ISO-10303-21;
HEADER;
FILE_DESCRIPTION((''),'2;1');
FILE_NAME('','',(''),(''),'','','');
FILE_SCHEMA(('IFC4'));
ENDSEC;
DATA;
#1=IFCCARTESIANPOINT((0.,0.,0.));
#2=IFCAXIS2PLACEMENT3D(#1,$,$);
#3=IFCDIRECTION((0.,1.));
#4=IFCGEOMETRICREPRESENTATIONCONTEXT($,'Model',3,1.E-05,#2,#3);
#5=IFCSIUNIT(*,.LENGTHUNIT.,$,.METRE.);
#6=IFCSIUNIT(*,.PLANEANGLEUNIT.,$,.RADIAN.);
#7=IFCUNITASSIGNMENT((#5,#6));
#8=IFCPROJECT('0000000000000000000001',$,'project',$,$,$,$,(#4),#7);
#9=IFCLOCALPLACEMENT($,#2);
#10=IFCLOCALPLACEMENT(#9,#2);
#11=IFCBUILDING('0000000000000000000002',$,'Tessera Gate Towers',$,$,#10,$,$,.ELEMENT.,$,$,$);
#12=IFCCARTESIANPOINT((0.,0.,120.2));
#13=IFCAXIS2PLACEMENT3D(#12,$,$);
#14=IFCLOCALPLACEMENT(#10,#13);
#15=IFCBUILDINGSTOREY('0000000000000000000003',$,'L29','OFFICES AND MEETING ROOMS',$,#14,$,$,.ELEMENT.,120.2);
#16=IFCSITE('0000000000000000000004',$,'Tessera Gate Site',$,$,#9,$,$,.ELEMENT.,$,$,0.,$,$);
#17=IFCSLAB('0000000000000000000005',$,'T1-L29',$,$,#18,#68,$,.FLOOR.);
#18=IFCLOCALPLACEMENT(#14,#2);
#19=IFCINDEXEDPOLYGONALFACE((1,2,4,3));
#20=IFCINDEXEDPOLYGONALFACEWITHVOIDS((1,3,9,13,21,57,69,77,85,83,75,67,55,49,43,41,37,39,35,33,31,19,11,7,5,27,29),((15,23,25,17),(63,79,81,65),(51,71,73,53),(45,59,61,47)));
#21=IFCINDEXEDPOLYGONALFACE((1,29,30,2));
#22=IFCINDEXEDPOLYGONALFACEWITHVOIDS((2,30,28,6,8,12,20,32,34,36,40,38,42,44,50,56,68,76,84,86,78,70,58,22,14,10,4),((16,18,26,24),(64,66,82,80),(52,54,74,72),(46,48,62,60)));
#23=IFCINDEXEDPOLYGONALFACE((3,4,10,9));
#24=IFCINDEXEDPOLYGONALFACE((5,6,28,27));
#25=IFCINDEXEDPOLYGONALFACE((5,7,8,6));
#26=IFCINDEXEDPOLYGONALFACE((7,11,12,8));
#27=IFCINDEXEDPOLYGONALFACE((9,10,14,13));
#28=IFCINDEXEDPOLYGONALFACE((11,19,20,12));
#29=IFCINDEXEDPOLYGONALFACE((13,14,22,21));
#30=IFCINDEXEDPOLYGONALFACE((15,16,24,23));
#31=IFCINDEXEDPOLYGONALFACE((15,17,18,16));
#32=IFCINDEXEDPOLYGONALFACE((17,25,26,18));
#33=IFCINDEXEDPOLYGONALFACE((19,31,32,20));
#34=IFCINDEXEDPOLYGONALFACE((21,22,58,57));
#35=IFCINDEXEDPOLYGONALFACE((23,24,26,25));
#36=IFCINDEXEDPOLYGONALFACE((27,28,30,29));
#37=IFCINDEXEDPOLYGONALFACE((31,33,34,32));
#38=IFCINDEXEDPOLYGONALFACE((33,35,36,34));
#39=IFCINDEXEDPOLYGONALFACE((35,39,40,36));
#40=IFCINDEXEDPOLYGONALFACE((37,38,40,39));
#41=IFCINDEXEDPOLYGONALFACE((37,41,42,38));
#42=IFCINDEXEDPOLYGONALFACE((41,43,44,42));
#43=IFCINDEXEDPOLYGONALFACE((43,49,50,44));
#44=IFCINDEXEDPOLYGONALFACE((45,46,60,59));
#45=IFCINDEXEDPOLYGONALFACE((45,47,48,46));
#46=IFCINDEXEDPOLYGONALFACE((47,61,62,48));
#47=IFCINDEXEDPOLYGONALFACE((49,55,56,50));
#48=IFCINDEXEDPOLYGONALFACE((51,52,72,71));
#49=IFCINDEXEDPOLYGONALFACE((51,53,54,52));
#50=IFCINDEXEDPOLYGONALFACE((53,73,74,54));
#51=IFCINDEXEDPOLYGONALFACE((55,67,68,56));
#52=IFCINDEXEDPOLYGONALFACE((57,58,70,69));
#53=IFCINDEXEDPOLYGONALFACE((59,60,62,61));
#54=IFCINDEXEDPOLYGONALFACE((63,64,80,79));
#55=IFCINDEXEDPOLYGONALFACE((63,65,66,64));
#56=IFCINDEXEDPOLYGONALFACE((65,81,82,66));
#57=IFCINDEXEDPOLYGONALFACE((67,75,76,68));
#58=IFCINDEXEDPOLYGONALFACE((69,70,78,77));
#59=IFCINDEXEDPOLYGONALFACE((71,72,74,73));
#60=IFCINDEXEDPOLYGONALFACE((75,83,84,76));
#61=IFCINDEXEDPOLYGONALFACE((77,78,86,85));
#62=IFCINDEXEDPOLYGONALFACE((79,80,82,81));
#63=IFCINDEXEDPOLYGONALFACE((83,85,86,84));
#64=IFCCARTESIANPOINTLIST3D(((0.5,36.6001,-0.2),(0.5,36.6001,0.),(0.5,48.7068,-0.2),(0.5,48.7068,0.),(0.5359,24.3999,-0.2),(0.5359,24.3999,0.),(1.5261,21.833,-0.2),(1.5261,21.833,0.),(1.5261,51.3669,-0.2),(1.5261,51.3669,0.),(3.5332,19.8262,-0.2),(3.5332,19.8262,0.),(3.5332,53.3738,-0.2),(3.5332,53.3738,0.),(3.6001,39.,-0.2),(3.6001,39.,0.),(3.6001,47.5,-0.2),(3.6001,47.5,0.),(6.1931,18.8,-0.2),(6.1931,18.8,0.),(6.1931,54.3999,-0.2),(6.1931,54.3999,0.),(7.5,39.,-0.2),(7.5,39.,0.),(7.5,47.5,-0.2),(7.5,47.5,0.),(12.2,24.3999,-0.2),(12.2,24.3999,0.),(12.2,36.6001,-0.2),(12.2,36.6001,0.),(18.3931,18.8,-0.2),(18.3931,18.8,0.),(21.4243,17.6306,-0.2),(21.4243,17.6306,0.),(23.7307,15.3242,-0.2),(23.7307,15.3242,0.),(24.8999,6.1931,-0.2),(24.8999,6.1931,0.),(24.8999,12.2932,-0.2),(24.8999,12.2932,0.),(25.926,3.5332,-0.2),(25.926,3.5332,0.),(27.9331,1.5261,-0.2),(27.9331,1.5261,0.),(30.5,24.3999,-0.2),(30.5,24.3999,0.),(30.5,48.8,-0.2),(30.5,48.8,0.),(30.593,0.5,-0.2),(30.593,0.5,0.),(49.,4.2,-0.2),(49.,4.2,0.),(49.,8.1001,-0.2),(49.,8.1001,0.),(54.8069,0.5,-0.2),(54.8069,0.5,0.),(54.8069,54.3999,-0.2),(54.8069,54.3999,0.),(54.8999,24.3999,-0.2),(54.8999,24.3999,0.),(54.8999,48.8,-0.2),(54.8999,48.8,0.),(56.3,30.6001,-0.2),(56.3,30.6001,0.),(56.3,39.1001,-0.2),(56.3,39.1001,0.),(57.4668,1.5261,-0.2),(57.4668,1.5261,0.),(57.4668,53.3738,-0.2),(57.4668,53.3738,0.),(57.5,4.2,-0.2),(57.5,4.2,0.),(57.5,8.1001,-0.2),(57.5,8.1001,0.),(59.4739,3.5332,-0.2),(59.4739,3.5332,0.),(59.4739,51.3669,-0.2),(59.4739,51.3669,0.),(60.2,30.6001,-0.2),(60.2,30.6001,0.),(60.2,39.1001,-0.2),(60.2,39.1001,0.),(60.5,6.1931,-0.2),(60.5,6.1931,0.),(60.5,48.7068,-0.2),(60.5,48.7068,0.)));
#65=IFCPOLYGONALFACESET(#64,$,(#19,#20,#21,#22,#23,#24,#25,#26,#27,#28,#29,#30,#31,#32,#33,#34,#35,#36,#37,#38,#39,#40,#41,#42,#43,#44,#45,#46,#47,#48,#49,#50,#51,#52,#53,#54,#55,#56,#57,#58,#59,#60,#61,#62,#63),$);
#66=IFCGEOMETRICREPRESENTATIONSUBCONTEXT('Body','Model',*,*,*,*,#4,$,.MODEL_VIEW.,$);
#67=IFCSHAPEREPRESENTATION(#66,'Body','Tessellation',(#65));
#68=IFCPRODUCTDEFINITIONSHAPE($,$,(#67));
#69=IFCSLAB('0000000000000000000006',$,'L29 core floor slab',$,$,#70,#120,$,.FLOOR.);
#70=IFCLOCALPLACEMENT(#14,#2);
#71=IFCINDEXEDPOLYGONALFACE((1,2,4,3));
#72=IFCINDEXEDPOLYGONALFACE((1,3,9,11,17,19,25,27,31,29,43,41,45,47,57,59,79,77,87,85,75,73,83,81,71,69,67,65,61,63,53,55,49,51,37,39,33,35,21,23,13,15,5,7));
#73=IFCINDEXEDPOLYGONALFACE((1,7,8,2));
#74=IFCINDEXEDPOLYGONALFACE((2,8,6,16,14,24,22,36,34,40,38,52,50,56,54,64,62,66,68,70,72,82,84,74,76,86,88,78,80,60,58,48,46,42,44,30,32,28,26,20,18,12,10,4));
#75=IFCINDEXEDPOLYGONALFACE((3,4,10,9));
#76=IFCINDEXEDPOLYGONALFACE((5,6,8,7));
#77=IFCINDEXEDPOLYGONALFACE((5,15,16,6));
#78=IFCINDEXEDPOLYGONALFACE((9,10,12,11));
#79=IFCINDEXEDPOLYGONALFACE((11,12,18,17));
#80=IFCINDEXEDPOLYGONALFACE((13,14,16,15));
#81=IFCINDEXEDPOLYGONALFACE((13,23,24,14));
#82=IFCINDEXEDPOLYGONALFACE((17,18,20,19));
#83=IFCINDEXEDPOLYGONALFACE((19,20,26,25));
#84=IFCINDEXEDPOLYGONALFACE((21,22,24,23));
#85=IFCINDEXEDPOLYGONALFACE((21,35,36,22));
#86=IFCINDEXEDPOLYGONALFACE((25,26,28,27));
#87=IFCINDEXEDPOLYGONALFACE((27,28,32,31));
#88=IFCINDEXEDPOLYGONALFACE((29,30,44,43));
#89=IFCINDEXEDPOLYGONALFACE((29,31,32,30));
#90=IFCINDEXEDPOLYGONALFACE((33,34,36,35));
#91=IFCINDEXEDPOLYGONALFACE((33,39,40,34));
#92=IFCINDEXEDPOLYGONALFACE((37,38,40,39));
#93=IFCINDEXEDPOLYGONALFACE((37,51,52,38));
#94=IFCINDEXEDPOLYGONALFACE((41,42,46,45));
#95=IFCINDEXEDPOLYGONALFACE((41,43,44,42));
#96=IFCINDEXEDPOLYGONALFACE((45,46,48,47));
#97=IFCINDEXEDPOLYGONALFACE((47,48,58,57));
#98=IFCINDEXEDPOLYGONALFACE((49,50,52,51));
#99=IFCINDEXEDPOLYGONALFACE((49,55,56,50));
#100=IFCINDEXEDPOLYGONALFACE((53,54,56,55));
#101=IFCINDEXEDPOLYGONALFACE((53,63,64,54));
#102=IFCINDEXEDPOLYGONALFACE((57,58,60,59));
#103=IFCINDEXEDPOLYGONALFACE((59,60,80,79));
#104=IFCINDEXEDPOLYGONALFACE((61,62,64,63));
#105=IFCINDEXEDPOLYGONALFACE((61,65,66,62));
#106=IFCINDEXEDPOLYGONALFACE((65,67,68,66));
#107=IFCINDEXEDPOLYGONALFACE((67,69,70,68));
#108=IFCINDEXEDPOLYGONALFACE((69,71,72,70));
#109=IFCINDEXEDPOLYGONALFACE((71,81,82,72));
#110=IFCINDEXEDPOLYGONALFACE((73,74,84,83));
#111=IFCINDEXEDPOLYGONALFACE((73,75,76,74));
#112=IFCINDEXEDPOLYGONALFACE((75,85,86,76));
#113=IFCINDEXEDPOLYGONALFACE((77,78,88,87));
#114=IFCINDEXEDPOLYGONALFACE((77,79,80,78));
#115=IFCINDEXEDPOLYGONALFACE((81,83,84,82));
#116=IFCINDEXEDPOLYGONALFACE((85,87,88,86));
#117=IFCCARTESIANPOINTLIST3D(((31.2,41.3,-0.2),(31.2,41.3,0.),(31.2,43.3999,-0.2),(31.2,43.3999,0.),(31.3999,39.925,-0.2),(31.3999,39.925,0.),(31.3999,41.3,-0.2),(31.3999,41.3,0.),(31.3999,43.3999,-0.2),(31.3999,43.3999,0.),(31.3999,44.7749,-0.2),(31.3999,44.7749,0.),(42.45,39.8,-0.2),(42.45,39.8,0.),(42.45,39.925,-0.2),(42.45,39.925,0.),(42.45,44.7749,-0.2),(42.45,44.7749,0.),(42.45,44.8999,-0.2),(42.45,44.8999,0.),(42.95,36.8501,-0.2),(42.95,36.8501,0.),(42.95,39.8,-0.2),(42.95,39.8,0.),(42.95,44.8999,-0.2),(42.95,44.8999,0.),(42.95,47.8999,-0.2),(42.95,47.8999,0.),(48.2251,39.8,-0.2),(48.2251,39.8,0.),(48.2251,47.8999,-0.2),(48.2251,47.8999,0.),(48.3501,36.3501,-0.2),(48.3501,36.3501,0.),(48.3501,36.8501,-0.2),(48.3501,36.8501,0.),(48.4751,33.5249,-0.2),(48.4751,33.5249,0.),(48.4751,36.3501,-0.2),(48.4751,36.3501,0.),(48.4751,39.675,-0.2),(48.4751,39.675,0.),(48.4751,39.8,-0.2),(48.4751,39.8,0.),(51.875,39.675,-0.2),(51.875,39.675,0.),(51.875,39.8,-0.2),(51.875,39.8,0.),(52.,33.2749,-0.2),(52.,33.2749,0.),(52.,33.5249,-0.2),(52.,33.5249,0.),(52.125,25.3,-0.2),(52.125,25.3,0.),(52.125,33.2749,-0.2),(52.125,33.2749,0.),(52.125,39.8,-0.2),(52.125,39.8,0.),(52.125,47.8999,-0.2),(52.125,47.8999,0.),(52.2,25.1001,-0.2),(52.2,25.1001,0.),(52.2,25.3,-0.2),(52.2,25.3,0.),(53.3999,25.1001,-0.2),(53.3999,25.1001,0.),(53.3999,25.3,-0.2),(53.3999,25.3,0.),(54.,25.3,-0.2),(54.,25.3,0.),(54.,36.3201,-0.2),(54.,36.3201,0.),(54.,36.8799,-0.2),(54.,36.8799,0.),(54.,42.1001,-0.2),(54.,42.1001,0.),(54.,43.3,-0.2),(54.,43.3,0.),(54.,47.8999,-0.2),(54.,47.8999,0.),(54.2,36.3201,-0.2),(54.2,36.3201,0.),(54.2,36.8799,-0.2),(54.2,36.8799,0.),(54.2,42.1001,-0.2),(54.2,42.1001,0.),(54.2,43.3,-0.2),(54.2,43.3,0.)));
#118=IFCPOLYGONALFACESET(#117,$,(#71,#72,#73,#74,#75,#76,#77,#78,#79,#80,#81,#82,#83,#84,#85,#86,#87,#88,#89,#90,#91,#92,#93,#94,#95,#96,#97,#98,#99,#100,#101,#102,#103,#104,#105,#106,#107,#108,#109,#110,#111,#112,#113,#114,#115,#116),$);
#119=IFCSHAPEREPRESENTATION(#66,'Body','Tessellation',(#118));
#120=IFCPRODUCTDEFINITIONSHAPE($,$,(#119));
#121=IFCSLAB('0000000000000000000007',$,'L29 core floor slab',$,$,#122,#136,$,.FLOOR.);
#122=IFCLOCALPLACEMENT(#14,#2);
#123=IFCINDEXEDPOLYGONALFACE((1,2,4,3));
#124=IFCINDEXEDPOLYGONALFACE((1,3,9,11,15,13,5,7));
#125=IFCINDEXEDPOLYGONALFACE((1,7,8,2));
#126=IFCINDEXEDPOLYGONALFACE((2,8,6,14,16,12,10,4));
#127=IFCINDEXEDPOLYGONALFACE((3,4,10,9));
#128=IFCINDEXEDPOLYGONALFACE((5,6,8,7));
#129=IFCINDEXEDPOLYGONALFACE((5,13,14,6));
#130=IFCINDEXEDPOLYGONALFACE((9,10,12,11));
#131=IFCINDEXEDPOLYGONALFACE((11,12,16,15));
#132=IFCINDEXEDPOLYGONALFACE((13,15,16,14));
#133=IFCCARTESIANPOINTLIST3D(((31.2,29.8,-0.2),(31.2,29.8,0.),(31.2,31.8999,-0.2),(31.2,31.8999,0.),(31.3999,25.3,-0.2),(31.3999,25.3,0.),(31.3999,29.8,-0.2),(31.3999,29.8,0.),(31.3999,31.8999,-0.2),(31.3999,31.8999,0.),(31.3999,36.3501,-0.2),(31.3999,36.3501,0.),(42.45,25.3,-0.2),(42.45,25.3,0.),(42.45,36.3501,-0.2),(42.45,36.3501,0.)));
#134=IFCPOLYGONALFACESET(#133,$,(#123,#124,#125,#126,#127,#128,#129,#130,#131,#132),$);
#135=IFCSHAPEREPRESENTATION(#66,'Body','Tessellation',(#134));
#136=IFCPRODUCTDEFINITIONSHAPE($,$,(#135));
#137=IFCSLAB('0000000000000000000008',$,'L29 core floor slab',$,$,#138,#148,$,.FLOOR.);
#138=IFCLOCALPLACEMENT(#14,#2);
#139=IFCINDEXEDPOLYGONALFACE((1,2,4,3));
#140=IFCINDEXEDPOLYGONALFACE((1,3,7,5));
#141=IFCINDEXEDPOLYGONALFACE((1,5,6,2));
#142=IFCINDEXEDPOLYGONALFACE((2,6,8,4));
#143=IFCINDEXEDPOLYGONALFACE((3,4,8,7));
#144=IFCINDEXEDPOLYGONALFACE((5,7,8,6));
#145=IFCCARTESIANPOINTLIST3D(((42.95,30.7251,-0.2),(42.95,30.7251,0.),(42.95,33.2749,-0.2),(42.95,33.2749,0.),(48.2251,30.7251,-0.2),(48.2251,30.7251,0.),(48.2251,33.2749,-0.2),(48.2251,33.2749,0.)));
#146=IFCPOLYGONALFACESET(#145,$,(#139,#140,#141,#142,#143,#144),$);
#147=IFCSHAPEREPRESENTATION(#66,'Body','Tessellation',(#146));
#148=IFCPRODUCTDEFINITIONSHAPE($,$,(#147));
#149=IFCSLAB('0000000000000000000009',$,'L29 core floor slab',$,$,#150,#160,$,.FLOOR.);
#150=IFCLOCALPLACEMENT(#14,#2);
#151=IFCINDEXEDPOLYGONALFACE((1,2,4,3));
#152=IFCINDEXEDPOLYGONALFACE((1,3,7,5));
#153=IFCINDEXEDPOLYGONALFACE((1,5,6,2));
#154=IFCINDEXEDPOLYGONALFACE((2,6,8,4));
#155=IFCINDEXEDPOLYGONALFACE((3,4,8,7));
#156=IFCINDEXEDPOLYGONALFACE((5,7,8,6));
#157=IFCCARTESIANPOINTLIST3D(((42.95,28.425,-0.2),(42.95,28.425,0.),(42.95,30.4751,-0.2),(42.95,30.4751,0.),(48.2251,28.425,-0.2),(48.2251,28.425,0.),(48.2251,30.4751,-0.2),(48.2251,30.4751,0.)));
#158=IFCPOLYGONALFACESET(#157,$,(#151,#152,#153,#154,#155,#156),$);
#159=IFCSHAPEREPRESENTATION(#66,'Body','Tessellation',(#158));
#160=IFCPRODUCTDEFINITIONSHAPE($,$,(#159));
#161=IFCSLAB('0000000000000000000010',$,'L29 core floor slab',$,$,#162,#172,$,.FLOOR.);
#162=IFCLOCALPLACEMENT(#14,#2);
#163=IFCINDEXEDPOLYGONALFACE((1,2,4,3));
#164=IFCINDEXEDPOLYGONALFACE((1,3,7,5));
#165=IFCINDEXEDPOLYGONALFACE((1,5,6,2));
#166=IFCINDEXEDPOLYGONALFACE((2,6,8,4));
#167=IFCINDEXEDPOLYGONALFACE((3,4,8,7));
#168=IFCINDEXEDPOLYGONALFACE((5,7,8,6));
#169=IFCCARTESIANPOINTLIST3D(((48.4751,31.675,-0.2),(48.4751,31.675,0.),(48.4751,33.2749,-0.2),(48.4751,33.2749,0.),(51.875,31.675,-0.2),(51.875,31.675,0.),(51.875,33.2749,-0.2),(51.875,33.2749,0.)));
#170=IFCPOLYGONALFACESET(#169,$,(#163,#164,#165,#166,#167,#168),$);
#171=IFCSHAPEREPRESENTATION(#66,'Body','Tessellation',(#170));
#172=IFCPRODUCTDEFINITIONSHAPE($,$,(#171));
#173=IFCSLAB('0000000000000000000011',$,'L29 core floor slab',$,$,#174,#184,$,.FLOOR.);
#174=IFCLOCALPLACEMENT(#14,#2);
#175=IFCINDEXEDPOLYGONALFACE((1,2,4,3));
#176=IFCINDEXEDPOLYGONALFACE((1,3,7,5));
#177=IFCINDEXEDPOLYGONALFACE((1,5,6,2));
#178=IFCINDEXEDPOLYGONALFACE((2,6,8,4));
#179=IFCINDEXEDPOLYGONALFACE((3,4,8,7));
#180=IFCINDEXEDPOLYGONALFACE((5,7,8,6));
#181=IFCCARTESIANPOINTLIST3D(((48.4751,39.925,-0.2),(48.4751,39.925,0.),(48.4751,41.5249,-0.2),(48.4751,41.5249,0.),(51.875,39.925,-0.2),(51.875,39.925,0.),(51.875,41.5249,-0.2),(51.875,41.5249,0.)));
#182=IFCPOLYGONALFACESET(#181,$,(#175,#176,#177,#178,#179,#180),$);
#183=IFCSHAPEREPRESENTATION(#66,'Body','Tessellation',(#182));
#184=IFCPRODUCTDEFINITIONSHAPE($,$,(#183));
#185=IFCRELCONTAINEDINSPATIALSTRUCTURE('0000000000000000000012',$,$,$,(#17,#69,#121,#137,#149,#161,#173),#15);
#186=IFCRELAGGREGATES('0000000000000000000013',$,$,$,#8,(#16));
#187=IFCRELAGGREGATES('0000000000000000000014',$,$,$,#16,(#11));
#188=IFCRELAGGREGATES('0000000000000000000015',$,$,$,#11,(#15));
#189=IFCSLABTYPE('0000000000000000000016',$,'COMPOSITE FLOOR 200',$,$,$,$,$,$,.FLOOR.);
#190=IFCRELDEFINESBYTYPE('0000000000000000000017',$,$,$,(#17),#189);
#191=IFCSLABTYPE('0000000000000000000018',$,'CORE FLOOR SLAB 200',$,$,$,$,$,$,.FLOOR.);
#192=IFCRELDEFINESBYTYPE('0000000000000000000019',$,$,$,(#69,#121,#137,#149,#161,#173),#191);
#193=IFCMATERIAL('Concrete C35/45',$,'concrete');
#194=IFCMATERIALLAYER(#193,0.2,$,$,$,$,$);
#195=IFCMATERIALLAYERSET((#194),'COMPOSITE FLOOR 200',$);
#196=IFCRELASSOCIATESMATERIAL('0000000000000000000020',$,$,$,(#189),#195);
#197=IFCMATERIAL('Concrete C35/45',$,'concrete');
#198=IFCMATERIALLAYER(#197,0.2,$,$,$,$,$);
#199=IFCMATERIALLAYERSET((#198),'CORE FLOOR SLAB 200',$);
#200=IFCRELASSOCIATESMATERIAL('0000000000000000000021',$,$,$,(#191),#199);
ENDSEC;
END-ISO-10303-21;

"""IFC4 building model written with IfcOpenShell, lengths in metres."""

from ifc_helpers import new_model, si_unit, direction, frame, origin, place, context, subcontext, project, spatial, polyline, outline, extrude, material, layer, layer_set, type_object, element, save


model = new_model("IFC4")

# Units and contexts
model_context = context("Model", 3, precision=1e-05, world=origin(), true_north=direction((0.0, 1.0)))
body_context = subcontext(model_context, "Body", "Model", "MODEL_VIEW")
ifc_project = project(units=[si_unit("LENGTHUNIT", "METRE"), si_unit("PLANEANGLEUNIT", "RADIAN")], contexts=[model_context])

# Site, building, storey
site_placement = place(None, origin())
site = spatial("IfcSite", under=ifc_project, at=site_placement, Name="Tessera Gate Site", CompositionType="ELEMENT", RefElevation=0.0)
building_placement = place(site_placement, origin())
building = spatial("IfcBuilding", under=site, at=building_placement, Name="Tessera Gate Towers", CompositionType="ELEMENT")
storey_placement = place(building_placement, frame((0.0, 0.0, 120.2)))
storey = spatial("IfcBuildingStorey", under=building, at=storey_placement, Name="L29", Description="OFFICES AND MEETING ROOMS", CompositionType="ELEMENT", Elevation=120.2)

# Slabs
ifc_material_1 = material(Name="Concrete C35/45", Category="concrete")
ifc_layer_1 = layer(ifc_material_1, 0.2)
ifc_layer_set_1 = layer_set([ifc_layer_1], Name="COMPOSITE FLOOR 200")
slab_type_1 = type_object("IfcSlabType", Name="COMPOSITE FLOOR 200", PredefinedType="FLOOR", material=ifc_layer_set_1)
slab_1_placement = place(storey_placement, frame((0.0, 0.0, -0.2)))
element("IfcSlab", 1, at=slab_1_placement, inside=storey, type_object=slab_type_1, Name="T1-L29", PredefinedType="FLOOR", context=body_context, shape_type="SweptSolid", body=[
    extrude(outline(polyline([(0.5, 36.6001), (12.2, 36.6001), (12.2, 24.3999), (0.5359, 24.3999), (1.5261, 21.833), (3.5332, 19.8262), (6.1931, 18.8), (18.3931, 18.8), (21.4243, 17.6306), (23.7307, 15.3242), (24.8999, 12.2932), (24.8999, 6.1931), (25.926, 3.5332), (27.9331, 1.5261), (30.593, 0.5), (54.8069, 0.5), (57.4668, 1.5261), (59.4739, 3.5332), (60.5, 6.1931), (60.5, 48.7068), (59.4739, 51.3669), (57.4668, 53.3738), (54.8069, 54.3999), (6.1931, 54.3999), (3.5332, 53.3738), (1.5261, 51.3669), (0.5, 48.7068), (0.5, 36.6001)]), holes=[polyline([(3.6001, 39.0), (3.6001, 47.5), (7.5, 47.5), (7.5, 39.0), (3.6001, 39.0)]), polyline([(30.5, 24.3999), (30.5, 48.8), (54.8999, 48.8), (54.8999, 24.3999), (30.5, 24.3999)]), polyline([(49.0, 4.2), (49.0, 8.1001), (57.5, 8.1001), (57.5, 4.2), (49.0, 4.2)]), polyline([(56.3, 30.6001), (56.3, 39.1001), (60.2, 39.1001), (60.2, 30.6001), (56.3, 30.6001)])]), origin(), (0.0, 0.0, 1.0), 0.2),
])
ifc_material_2 = material(Name="Concrete C35/45", Category="concrete")
ifc_layer_2 = layer(ifc_material_2, 0.2)
ifc_layer_set_2 = layer_set([ifc_layer_2], Name="CORE FLOOR SLAB 200")
slab_type_2 = type_object("IfcSlabType", Name="CORE FLOOR SLAB 200", PredefinedType="FLOOR", material=ifc_layer_set_2)
slab_2_placement = place(storey_placement, frame((0.0, 0.0, -0.2)))
element("IfcSlab", 2, at=slab_2_placement, inside=storey, type_object=slab_type_2, Name="L29 core floor slab", PredefinedType="FLOOR", context=body_context, shape_type="SweptSolid", body=[
    extrude(outline(polyline([(42.45, 44.8999), (42.45, 44.7749), (31.3999, 44.7749), (31.3999, 43.3999), (31.2, 43.3999), (31.2, 41.3), (31.3999, 41.3), (31.3999, 39.925), (42.45, 39.925), (42.45, 39.8), (42.95, 39.8), (42.95, 36.8501), (48.3501, 36.8501), (48.3501, 36.3501), (48.4751, 36.3501), (48.4751, 33.5249), (52.0, 33.5249), (52.0, 33.2749), (52.125, 33.2749), (52.125, 25.3), (52.2, 25.3), (52.2, 25.1001), (53.3999, 25.1001), (53.3999, 25.3), (54.0, 25.3), (54.0, 36.3201), (54.2, 36.3201), (54.2, 36.8799), (54.0, 36.8799), (54.0, 42.1001), (54.2, 42.1001), (54.2, 43.3), (54.0, 43.3), (54.0, 47.8999), (52.125, 47.8999), (52.125, 39.8), (51.875, 39.8), (51.875, 39.675), (48.4751, 39.675), (48.4751, 39.8), (48.2251, 39.8), (48.2251, 47.8999), (42.95, 47.8999), (42.95, 44.8999), (42.45, 44.8999)])), origin(), (0.0, 0.0, 1.0), 0.2),
])
slab_3_placement = place(storey_placement, frame((0.0, 0.0, -0.2)))
element("IfcSlab", 3, at=slab_3_placement, inside=storey, type_object=slab_type_2, Name="L29 core floor slab", PredefinedType="FLOOR", context=body_context, shape_type="SweptSolid", body=[
    extrude(outline(polyline([(31.3999, 36.3501), (31.3999, 31.8999), (31.2, 31.8999), (31.2, 29.8), (31.3999, 29.8), (31.3999, 25.3), (42.45, 25.3), (42.45, 36.3501), (31.3999, 36.3501)])), origin(), (0.0, 0.0, 1.0), 0.2),
])
slab_4_placement = place(storey_placement, frame((0.0, 0.0, -0.2)))
element("IfcSlab", 4, at=slab_4_placement, inside=storey, type_object=slab_type_2, Name="L29 core floor slab", PredefinedType="FLOOR", context=body_context, shape_type="SweptSolid", body=[
    extrude(outline(polyline([(42.95, 33.2749), (42.95, 30.7251), (48.2251, 30.7251), (48.2251, 33.2749), (42.95, 33.2749)])), origin(), (0.0, 0.0, 1.0), 0.2),
])
slab_5_placement = place(storey_placement, frame((0.0, 0.0, -0.2)))
element("IfcSlab", 5, at=slab_5_placement, inside=storey, type_object=slab_type_2, Name="L29 core floor slab", PredefinedType="FLOOR", context=body_context, shape_type="SweptSolid", body=[
    extrude(outline(polyline([(48.2251, 30.4751), (42.95, 30.4751), (42.95, 28.425), (48.2251, 28.425), (48.2251, 30.4751)])), origin(), (0.0, 0.0, 1.0), 0.2),
])
slab_6_placement = place(storey_placement, frame((0.0, 0.0, -0.2)))
element("IfcSlab", 6, at=slab_6_placement, inside=storey, type_object=slab_type_2, Name="L29 core floor slab", PredefinedType="FLOOR", context=body_context, shape_type="SweptSolid", body=[
    extrude(outline(polyline([(51.875, 31.675), (51.875, 33.2749), (48.4751, 33.2749), (48.4751, 31.675), (51.875, 31.675)])), origin(), (0.0, 0.0, 1.0), 0.2),
])
slab_7_placement = place(storey_placement, frame((0.0, 0.0, -0.2)))
element("IfcSlab", 7, at=slab_7_placement, inside=storey, type_object=slab_type_2, Name="L29 core floor slab", PredefinedType="FLOOR", context=body_context, shape_type="SweptSolid", body=[
    extrude(outline(polyline([(48.4751, 41.5249), (48.4751, 39.925), (51.875, 39.925), (51.875, 41.5249), (48.4751, 41.5249)])), origin(), (0.0, 0.0, 1.0), 0.2),
])

save(model, "model.ifc")
